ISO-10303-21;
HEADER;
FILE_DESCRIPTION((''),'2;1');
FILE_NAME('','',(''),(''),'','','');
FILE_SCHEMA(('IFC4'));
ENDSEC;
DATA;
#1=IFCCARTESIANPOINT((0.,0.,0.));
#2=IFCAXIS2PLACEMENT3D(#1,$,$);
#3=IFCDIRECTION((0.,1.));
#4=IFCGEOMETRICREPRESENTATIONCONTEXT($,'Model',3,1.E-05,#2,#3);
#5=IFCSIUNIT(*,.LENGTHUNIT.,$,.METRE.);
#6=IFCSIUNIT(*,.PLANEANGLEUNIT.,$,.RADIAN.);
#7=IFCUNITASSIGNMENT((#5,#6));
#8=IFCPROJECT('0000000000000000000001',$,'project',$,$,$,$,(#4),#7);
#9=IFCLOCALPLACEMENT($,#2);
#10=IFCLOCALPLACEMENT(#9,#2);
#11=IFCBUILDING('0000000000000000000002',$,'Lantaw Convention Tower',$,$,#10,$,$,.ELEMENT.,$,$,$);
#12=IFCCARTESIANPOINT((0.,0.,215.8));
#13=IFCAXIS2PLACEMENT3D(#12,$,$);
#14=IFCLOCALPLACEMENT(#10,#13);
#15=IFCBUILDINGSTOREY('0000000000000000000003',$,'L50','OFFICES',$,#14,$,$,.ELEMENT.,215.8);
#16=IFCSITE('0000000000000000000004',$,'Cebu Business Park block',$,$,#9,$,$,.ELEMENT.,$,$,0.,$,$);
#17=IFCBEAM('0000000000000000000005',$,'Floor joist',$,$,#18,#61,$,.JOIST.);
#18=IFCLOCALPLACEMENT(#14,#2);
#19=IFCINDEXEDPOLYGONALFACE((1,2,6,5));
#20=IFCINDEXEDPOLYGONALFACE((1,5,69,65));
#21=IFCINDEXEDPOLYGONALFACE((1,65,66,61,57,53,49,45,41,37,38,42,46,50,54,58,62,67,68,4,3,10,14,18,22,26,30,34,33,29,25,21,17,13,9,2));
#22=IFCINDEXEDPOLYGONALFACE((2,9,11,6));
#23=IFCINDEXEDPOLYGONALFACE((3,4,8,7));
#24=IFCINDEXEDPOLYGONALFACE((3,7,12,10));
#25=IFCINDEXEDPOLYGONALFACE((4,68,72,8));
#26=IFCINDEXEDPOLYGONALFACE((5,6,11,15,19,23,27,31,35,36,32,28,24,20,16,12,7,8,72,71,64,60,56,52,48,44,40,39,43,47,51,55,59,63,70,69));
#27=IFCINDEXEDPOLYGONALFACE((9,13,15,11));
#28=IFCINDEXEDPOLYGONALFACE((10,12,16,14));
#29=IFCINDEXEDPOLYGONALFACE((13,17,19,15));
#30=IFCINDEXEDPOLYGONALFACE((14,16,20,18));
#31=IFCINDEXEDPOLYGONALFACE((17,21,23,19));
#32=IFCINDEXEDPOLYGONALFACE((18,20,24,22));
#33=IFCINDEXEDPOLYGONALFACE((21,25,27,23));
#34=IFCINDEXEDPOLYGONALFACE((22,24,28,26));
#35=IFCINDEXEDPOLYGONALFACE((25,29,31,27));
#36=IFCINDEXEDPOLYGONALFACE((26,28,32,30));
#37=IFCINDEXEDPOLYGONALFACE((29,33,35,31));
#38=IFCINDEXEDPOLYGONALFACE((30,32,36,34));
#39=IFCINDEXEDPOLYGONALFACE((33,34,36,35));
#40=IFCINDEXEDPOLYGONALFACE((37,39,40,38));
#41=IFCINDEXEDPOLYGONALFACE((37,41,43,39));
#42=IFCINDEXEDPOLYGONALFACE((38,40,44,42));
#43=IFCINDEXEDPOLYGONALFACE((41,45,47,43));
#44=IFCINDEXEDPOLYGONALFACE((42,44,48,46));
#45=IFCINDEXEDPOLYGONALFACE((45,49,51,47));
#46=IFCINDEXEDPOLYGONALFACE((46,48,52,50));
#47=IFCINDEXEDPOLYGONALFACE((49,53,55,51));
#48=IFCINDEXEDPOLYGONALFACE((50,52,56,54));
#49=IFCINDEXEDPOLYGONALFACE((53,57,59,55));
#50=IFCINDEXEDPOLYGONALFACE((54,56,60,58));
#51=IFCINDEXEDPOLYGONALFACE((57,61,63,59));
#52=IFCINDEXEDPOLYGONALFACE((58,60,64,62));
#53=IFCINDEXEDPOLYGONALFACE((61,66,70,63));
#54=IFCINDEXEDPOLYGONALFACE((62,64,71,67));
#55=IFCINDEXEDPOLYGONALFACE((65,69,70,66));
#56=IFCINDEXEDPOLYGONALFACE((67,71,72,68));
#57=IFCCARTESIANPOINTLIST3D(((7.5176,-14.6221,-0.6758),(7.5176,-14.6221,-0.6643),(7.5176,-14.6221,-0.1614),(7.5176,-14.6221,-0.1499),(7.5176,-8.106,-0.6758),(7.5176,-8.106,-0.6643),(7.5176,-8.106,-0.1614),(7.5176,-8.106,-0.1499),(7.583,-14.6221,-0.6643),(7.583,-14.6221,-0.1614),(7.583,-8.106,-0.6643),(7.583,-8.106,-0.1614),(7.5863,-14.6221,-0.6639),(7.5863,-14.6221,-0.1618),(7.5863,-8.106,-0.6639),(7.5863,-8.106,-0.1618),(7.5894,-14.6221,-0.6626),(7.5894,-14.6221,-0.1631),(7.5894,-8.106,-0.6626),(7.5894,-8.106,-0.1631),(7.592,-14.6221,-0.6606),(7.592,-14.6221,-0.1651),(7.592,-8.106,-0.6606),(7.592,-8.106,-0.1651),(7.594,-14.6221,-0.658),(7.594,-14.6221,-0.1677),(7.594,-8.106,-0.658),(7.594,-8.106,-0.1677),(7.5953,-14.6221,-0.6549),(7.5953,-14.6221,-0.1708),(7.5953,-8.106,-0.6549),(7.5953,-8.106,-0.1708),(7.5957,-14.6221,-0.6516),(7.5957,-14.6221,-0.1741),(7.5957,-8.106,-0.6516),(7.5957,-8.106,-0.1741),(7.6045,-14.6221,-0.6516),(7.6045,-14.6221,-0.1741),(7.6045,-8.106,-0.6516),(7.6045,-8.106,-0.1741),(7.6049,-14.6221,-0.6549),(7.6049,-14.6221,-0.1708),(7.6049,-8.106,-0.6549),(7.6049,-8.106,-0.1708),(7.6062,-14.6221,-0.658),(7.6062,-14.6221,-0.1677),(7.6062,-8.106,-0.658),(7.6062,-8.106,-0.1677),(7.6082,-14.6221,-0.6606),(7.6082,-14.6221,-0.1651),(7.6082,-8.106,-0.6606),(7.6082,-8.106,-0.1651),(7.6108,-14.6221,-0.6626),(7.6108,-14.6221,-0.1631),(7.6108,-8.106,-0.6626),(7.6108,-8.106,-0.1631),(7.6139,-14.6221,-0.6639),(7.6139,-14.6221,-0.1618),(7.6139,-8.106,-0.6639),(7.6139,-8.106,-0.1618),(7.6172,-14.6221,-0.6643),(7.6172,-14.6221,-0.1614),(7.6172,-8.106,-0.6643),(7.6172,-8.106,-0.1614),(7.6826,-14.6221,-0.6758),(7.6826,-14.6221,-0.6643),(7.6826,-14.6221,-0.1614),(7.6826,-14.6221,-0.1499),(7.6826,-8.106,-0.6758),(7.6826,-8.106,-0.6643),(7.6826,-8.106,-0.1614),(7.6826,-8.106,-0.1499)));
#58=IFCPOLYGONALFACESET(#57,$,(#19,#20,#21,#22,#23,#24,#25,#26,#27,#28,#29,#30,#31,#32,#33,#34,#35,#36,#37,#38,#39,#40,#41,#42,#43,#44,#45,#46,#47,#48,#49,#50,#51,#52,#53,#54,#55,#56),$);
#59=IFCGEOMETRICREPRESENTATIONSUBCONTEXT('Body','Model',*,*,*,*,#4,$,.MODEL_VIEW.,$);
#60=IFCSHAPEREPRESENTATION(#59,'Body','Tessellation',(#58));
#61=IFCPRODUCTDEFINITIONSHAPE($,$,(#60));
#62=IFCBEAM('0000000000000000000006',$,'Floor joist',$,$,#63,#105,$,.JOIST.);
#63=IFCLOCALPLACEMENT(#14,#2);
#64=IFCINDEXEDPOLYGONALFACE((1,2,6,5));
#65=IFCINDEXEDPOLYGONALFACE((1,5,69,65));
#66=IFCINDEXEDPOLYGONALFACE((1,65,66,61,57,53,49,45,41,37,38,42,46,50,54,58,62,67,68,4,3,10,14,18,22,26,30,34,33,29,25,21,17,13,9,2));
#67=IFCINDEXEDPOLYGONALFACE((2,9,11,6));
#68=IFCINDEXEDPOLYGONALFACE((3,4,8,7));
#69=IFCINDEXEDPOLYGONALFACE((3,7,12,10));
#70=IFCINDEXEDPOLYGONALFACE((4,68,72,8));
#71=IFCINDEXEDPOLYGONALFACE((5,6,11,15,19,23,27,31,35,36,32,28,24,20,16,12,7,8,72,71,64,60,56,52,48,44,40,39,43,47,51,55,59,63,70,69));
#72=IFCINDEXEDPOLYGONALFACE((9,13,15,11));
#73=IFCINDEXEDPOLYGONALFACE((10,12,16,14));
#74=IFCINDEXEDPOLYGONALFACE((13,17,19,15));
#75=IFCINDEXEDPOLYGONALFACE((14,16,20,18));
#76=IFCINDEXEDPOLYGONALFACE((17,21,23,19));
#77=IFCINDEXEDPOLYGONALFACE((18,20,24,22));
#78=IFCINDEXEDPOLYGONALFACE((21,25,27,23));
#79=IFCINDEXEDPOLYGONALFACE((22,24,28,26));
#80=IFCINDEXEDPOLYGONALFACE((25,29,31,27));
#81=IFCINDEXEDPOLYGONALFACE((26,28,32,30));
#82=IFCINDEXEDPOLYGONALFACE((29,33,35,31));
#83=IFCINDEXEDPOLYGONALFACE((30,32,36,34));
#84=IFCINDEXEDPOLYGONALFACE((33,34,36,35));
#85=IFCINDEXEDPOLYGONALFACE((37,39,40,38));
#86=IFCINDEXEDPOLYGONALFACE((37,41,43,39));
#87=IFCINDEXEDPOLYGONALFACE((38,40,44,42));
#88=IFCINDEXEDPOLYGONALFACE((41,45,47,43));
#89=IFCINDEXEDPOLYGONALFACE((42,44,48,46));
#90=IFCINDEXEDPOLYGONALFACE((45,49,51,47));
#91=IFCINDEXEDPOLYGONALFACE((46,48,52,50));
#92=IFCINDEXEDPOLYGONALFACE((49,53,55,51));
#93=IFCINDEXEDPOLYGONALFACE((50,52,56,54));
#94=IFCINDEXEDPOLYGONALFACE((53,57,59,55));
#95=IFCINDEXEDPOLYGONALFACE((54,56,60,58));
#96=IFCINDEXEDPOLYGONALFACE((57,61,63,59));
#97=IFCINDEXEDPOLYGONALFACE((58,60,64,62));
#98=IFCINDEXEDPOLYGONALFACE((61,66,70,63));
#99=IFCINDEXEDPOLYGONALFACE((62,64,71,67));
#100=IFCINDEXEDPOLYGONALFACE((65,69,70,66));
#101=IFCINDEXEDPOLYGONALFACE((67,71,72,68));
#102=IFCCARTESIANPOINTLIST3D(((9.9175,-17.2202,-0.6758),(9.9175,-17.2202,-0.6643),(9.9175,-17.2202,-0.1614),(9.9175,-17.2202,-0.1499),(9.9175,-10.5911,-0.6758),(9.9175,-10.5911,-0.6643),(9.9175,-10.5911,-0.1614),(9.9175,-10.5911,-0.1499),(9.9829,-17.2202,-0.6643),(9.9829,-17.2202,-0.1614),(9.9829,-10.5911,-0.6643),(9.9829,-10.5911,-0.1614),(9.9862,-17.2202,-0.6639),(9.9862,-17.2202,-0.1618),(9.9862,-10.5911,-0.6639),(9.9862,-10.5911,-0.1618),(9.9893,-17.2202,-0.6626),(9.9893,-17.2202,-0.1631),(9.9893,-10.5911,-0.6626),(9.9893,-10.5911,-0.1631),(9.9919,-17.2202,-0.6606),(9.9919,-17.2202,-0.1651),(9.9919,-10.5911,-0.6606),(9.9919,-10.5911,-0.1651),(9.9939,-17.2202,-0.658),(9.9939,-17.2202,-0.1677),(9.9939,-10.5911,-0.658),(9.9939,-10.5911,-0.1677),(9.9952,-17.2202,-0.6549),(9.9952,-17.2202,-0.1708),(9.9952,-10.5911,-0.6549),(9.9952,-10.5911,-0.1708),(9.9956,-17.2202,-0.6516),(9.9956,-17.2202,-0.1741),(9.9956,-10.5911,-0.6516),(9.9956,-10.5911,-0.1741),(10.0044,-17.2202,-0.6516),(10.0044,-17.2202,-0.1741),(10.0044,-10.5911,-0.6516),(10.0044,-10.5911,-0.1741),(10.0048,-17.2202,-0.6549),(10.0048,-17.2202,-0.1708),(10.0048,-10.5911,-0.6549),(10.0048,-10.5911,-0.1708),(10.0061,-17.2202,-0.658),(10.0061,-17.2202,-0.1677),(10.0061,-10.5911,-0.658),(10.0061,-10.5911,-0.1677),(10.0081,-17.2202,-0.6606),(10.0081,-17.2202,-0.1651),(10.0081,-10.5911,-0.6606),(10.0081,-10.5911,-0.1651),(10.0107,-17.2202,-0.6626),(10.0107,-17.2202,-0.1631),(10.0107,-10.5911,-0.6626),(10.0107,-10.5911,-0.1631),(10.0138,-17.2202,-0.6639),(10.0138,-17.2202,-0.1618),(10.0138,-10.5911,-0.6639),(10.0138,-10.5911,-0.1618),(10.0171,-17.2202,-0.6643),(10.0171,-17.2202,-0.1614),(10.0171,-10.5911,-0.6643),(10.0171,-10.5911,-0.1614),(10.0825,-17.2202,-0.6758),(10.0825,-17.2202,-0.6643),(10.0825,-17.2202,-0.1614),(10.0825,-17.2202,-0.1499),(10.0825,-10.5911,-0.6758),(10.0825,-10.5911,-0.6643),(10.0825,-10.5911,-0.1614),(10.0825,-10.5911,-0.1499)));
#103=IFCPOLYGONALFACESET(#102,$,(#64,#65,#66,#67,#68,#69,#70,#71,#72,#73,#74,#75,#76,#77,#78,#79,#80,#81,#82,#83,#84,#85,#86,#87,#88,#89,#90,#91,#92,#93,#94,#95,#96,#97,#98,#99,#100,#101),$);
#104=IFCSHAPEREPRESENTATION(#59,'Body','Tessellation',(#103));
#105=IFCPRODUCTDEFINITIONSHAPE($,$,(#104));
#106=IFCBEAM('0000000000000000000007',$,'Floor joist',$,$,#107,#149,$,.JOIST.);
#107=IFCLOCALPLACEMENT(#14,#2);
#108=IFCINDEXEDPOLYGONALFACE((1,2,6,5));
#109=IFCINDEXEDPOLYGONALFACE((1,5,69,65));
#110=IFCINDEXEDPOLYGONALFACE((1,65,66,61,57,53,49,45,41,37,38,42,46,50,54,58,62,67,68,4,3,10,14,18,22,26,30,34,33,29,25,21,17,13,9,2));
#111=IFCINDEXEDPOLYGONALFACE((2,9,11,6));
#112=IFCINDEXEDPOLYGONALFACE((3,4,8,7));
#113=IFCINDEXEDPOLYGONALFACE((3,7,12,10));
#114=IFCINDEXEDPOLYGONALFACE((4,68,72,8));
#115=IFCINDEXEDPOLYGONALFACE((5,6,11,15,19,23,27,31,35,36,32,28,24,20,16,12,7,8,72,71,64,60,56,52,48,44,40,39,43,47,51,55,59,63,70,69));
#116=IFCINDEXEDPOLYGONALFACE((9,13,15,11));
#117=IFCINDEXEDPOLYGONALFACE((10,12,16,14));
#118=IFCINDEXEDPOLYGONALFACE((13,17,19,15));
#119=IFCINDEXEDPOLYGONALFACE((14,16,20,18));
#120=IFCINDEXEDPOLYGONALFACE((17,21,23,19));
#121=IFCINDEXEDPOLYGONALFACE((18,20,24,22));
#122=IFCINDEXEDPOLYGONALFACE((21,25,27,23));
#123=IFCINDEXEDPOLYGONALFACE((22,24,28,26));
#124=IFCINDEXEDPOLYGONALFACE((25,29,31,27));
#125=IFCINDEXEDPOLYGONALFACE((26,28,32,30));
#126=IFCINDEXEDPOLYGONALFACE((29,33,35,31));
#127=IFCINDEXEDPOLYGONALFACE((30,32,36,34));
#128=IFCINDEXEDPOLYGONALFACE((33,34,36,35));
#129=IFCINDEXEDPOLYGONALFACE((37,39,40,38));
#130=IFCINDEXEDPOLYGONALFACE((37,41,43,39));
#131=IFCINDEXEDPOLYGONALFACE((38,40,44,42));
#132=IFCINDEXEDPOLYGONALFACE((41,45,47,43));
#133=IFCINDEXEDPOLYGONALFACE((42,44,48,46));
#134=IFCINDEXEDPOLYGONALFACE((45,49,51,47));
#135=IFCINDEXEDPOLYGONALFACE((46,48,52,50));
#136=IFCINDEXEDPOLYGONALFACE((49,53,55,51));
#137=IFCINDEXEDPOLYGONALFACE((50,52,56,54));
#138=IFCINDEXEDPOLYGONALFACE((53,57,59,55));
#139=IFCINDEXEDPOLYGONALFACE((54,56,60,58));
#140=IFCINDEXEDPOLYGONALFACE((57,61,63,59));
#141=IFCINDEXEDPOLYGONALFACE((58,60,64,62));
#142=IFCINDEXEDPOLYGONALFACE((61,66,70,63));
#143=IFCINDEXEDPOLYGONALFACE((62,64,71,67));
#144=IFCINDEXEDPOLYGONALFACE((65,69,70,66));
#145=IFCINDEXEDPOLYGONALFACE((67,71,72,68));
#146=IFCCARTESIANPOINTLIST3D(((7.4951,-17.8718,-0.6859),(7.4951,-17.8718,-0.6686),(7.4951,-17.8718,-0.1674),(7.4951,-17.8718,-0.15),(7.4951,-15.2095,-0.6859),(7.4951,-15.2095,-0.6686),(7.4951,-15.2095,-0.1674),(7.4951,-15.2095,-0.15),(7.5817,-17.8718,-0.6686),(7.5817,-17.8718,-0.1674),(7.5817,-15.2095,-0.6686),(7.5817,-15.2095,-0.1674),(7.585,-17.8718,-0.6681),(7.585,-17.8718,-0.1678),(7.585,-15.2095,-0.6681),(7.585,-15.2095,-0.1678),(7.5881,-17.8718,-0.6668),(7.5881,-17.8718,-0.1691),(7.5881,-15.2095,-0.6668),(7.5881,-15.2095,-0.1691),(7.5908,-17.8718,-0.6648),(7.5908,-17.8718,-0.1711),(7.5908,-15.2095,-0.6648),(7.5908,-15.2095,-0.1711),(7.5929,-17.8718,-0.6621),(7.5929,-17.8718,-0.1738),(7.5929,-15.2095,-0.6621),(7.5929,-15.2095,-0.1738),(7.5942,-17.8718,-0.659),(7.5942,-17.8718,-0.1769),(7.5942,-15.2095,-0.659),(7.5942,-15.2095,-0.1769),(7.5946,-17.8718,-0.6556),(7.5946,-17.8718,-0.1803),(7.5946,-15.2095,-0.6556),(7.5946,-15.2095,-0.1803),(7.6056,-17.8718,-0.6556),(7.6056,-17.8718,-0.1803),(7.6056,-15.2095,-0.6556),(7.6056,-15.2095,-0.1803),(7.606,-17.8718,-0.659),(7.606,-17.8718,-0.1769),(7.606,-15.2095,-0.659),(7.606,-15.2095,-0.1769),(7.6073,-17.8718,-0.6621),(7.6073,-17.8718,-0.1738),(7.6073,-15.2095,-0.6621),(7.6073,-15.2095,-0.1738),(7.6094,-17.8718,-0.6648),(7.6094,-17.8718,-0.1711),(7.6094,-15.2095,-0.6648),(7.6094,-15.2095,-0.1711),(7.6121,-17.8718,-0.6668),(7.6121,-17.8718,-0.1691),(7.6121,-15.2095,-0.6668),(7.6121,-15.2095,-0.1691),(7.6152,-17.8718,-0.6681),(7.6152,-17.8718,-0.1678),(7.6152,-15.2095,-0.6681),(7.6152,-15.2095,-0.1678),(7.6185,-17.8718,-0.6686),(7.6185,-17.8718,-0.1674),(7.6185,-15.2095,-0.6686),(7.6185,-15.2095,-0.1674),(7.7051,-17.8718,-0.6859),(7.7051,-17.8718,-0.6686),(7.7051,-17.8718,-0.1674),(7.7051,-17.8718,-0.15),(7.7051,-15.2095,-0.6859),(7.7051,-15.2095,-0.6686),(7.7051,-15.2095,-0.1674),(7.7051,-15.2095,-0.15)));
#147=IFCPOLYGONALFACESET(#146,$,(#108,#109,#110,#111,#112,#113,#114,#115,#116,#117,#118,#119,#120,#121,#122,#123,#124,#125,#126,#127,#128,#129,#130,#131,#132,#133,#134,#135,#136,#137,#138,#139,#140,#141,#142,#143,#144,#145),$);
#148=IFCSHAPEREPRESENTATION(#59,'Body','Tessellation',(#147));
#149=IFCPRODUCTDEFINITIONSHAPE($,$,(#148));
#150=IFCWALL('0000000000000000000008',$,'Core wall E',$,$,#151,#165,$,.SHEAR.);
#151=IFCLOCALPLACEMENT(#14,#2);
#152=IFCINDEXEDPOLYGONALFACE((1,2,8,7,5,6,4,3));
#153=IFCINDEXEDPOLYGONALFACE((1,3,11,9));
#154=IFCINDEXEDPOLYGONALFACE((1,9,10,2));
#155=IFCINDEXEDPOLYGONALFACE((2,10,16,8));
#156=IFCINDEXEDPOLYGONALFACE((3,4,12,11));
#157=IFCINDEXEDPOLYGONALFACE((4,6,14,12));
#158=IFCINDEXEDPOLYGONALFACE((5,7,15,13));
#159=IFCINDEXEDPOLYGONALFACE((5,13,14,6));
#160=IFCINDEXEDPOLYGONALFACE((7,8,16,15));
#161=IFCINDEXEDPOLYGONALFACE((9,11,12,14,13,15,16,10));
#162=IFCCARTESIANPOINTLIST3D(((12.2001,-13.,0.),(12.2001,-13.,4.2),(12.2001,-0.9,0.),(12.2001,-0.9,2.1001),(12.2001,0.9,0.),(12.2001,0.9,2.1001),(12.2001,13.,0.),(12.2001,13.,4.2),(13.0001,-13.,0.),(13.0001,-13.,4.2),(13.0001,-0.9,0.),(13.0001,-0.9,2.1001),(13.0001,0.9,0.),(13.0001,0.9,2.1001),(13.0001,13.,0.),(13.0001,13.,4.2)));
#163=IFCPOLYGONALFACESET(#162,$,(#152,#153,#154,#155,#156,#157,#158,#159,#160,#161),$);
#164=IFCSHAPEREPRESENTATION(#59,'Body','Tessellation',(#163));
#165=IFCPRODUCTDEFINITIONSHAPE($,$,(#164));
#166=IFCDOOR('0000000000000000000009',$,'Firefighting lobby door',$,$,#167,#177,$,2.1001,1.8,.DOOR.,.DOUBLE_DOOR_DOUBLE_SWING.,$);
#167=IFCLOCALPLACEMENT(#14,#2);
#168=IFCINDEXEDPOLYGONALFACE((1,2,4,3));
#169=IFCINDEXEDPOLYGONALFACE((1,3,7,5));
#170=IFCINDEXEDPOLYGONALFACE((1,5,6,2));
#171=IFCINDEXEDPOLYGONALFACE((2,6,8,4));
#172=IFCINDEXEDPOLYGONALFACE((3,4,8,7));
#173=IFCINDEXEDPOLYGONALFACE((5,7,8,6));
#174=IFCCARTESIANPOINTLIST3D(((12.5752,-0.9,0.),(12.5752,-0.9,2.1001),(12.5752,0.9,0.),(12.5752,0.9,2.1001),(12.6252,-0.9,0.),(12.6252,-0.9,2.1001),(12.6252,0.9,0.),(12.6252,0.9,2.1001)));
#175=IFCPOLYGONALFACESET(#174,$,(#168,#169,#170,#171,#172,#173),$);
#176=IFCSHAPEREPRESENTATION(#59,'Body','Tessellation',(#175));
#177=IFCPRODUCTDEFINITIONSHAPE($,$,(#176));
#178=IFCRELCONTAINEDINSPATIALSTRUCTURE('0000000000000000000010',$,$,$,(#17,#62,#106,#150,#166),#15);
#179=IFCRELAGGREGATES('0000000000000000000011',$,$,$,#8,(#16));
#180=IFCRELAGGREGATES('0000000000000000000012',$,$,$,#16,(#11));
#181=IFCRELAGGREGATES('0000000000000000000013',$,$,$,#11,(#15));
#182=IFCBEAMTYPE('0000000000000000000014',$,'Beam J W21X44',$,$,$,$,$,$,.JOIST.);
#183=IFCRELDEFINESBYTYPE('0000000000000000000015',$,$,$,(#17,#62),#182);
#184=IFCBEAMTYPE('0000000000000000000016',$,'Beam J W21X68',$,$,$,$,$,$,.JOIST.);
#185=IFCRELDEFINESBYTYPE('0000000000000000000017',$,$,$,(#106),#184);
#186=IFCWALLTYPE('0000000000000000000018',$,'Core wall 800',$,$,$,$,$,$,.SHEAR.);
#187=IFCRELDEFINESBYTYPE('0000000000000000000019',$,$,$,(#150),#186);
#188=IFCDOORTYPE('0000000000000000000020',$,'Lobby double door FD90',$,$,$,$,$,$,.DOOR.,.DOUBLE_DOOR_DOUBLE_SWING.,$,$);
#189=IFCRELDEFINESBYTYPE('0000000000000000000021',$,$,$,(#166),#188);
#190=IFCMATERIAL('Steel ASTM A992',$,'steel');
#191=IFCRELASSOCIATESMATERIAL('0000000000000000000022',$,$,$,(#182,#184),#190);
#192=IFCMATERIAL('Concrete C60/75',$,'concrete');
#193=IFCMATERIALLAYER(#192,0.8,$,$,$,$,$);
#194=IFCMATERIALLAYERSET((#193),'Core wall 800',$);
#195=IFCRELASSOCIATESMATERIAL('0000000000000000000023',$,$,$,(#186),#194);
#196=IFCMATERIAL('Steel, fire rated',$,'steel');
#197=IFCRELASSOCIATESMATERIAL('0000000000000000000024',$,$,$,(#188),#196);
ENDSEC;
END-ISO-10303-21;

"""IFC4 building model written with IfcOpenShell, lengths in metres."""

from ifc_helpers import new_model, si_unit, direction, frame, frame_2d, origin, origin_2d, place, context, subcontext, project, spatial, rectangle, i_section, extrude, material, layer, layer_set, material_profile, profile_set, type_object, element, fill, save


model = new_model("IFC4")

# Units and contexts
model_context = context("Model", 3, precision=1e-05, world=origin(), true_north=direction((0.0, 1.0)))
body_context = subcontext(model_context, "Body", "Model", "MODEL_VIEW")
ifc_project = project(units=[si_unit("LENGTHUNIT", "METRE"), si_unit("PLANEANGLEUNIT", "RADIAN")], contexts=[model_context])

# Site, building, storey
site_placement = place(None, origin())
site = spatial("IfcSite", under=ifc_project, at=site_placement, Name="Cebu Business Park block", CompositionType="ELEMENT", RefElevation=0.0)
building_placement = place(site_placement, origin())
building = spatial("IfcBuilding", under=site, at=building_placement, Name="Lantaw Convention Tower", CompositionType="ELEMENT")
storey_placement = place(building_placement, frame((0.0, 0.0, 215.8)))
storey = spatial("IfcBuildingStorey", under=building, at=storey_placement, Name="L50", Description="OFFICES", CompositionType="ELEMENT", Elevation=215.8)

# Shared definitions
ifc_material_1 = material(Name="Concrete C60/75", Category="concrete")

# Beams
ifc_material_2 = material(Name="Steel ASTM A992", Category="steel")
ifc_material_profile_1 = material_profile(ifc_material_2, i_section(OverallWidth=0.165, OverallDepth=0.5259, WebThickness=0.0088, FlangeThickness=0.0115, FilletRadius=0.0127, at=origin_2d()), Name="W21X44")
ifc_profile_set_1 = profile_set([ifc_material_profile_1], Name="Steel ASTM A992")
beam_type_1 = type_object("IfcBeamType", Name="Beam J W21X44", PredefinedType="JOIST", material=ifc_profile_set_1)
beam_1_placement = place(storey_placement, frame((7.6001, -14.6221, -0.4128), z_axis=(0.0, 1.0, 0.0), x_axis=(-1.0, 0.0, 0.0)))
element("IfcBeam", 1, at=beam_1_placement, inside=storey, type_object=beam_type_1, Name="Floor joist", PredefinedType="JOIST", context=body_context, shape_type="SweptSolid", body=[
    extrude(i_section(OverallWidth=0.165, OverallDepth=0.5259, WebThickness=0.0088, FlangeThickness=0.0115, FilletRadius=0.0127, at=origin_2d()), origin(), (0.0, 0.0, 1.0), 6.5161),
])
beam_2_placement = place(storey_placement, frame((10.0, -17.2202, -0.4128), z_axis=(0.0, 1.0, 0.0), x_axis=(-1.0, 0.0, 0.0)))
element("IfcBeam", 2, at=beam_2_placement, inside=storey, type_object=beam_type_1, Name="Floor joist", PredefinedType="JOIST", context=body_context, shape_type="SweptSolid", body=[
    extrude(i_section(OverallWidth=0.165, OverallDepth=0.5259, WebThickness=0.0088, FlangeThickness=0.0115, FilletRadius=0.0127, at=origin_2d()), origin(), (0.0, 0.0, 1.0), 6.6292),
])
ifc_material_profile_2 = material_profile(ifc_material_2, i_section(OverallWidth=0.21, OverallDepth=0.5359, WebThickness=0.011, FlangeThickness=0.0173, FilletRadius=0.0129, at=origin_2d()), Name="W21X68")
ifc_profile_set_2 = profile_set([ifc_material_profile_2], Name="Steel ASTM A992")
beam_type_2 = type_object("IfcBeamType", Name="Beam J W21X68", PredefinedType="JOIST", material=ifc_profile_set_2)
beam_3_placement = place(storey_placement, frame((7.6001, -17.8718, -0.418), z_axis=(0.0, 1.0, 0.0), x_axis=(-1.0, 0.0, 0.0)))
element("IfcBeam", 3, at=beam_3_placement, inside=storey, type_object=beam_type_2, Name="Floor joist", PredefinedType="JOIST", context=body_context, shape_type="SweptSolid", body=[
    extrude(i_section(OverallWidth=0.21, OverallDepth=0.5359, WebThickness=0.011, FlangeThickness=0.0173, FilletRadius=0.0129, at=origin_2d()), origin(), (0.0, 0.0, 1.0), 2.6624),
])

# Wall, opening, door
ifc_layer_1 = layer(ifc_material_1, 0.8)
ifc_layer_set_1 = layer_set([ifc_layer_1], Name="Core wall 800")
wall_type_1 = type_object("IfcWallType", Name="Core wall 800", PredefinedType="SHEAR", material=ifc_layer_set_1)
wall_1_placement = place(storey_placement, frame((12.6001, -13.0, 0.0), z_axis=(0.0, 0.0, 1.0), x_axis=(0.0, 1.0, 0.0)))
wall_1 = element("IfcWall", 4, at=wall_1_placement, inside=storey, type_object=wall_type_1, Name="Core wall E", PredefinedType="SHEAR", context=body_context, shape_type="SweptSolid", body=[
    extrude(rectangle(XDim=26.0, YDim=0.8, at=frame_2d((13.0, 0.0))), origin(), (0.0, 0.0, 1.0), 4.2),
])
opening_1_placement = place(wall_1_placement, frame((12.1001, 0.0, 0.0)))
opening_1 = element("IfcOpeningElement", 5, at=opening_1_placement, cuts=wall_1, PredefinedType="OPENING", context=body_context, shape_type="SweptSolid", body=[
    extrude(rectangle(XDim=1.8, YDim=2.1001, at=frame_2d((0.8999, 1.05))), frame((0.0, 0.4099, 0.0), z_axis=(0.0, -1.0, 0.0), x_axis=(1.0, 0.0, 0.0)), (0.0, 0.0, 1.0), 0.8201),
])
ifc_material_3 = material(Name="Steel, fire rated", Category="steel")
door_type_1 = type_object("IfcDoorType", Name="Lobby double door FD90", OperationType="DOUBLE_DOOR_DOUBLE_SWING", PredefinedType="DOOR", material=ifc_material_3)
door_1_placement = place(opening_1_placement, origin())
door_1 = element("IfcDoor", 6, at=door_1_placement, inside=storey, type_object=door_type_1, Name="Firefighting lobby door", OperationType="DOUBLE_DOOR_DOUBLE_SWING", OverallHeight=2.1001, OverallWidth=1.8, PredefinedType="DOOR", context=body_context, shape_type="SweptSolid", body=[
    extrude(rectangle(XDim=1.8, YDim=2.1001, at=frame_2d((0.8999, 1.05))), frame((0.0, 0.0249, 0.0), z_axis=(0.0, -1.0, 0.0), x_axis=(1.0, 0.0, 0.0)), (0.0, 0.0, 1.0), 0.05),
])
fill(opening_1, door_1)

save(model, "model.ifc")
